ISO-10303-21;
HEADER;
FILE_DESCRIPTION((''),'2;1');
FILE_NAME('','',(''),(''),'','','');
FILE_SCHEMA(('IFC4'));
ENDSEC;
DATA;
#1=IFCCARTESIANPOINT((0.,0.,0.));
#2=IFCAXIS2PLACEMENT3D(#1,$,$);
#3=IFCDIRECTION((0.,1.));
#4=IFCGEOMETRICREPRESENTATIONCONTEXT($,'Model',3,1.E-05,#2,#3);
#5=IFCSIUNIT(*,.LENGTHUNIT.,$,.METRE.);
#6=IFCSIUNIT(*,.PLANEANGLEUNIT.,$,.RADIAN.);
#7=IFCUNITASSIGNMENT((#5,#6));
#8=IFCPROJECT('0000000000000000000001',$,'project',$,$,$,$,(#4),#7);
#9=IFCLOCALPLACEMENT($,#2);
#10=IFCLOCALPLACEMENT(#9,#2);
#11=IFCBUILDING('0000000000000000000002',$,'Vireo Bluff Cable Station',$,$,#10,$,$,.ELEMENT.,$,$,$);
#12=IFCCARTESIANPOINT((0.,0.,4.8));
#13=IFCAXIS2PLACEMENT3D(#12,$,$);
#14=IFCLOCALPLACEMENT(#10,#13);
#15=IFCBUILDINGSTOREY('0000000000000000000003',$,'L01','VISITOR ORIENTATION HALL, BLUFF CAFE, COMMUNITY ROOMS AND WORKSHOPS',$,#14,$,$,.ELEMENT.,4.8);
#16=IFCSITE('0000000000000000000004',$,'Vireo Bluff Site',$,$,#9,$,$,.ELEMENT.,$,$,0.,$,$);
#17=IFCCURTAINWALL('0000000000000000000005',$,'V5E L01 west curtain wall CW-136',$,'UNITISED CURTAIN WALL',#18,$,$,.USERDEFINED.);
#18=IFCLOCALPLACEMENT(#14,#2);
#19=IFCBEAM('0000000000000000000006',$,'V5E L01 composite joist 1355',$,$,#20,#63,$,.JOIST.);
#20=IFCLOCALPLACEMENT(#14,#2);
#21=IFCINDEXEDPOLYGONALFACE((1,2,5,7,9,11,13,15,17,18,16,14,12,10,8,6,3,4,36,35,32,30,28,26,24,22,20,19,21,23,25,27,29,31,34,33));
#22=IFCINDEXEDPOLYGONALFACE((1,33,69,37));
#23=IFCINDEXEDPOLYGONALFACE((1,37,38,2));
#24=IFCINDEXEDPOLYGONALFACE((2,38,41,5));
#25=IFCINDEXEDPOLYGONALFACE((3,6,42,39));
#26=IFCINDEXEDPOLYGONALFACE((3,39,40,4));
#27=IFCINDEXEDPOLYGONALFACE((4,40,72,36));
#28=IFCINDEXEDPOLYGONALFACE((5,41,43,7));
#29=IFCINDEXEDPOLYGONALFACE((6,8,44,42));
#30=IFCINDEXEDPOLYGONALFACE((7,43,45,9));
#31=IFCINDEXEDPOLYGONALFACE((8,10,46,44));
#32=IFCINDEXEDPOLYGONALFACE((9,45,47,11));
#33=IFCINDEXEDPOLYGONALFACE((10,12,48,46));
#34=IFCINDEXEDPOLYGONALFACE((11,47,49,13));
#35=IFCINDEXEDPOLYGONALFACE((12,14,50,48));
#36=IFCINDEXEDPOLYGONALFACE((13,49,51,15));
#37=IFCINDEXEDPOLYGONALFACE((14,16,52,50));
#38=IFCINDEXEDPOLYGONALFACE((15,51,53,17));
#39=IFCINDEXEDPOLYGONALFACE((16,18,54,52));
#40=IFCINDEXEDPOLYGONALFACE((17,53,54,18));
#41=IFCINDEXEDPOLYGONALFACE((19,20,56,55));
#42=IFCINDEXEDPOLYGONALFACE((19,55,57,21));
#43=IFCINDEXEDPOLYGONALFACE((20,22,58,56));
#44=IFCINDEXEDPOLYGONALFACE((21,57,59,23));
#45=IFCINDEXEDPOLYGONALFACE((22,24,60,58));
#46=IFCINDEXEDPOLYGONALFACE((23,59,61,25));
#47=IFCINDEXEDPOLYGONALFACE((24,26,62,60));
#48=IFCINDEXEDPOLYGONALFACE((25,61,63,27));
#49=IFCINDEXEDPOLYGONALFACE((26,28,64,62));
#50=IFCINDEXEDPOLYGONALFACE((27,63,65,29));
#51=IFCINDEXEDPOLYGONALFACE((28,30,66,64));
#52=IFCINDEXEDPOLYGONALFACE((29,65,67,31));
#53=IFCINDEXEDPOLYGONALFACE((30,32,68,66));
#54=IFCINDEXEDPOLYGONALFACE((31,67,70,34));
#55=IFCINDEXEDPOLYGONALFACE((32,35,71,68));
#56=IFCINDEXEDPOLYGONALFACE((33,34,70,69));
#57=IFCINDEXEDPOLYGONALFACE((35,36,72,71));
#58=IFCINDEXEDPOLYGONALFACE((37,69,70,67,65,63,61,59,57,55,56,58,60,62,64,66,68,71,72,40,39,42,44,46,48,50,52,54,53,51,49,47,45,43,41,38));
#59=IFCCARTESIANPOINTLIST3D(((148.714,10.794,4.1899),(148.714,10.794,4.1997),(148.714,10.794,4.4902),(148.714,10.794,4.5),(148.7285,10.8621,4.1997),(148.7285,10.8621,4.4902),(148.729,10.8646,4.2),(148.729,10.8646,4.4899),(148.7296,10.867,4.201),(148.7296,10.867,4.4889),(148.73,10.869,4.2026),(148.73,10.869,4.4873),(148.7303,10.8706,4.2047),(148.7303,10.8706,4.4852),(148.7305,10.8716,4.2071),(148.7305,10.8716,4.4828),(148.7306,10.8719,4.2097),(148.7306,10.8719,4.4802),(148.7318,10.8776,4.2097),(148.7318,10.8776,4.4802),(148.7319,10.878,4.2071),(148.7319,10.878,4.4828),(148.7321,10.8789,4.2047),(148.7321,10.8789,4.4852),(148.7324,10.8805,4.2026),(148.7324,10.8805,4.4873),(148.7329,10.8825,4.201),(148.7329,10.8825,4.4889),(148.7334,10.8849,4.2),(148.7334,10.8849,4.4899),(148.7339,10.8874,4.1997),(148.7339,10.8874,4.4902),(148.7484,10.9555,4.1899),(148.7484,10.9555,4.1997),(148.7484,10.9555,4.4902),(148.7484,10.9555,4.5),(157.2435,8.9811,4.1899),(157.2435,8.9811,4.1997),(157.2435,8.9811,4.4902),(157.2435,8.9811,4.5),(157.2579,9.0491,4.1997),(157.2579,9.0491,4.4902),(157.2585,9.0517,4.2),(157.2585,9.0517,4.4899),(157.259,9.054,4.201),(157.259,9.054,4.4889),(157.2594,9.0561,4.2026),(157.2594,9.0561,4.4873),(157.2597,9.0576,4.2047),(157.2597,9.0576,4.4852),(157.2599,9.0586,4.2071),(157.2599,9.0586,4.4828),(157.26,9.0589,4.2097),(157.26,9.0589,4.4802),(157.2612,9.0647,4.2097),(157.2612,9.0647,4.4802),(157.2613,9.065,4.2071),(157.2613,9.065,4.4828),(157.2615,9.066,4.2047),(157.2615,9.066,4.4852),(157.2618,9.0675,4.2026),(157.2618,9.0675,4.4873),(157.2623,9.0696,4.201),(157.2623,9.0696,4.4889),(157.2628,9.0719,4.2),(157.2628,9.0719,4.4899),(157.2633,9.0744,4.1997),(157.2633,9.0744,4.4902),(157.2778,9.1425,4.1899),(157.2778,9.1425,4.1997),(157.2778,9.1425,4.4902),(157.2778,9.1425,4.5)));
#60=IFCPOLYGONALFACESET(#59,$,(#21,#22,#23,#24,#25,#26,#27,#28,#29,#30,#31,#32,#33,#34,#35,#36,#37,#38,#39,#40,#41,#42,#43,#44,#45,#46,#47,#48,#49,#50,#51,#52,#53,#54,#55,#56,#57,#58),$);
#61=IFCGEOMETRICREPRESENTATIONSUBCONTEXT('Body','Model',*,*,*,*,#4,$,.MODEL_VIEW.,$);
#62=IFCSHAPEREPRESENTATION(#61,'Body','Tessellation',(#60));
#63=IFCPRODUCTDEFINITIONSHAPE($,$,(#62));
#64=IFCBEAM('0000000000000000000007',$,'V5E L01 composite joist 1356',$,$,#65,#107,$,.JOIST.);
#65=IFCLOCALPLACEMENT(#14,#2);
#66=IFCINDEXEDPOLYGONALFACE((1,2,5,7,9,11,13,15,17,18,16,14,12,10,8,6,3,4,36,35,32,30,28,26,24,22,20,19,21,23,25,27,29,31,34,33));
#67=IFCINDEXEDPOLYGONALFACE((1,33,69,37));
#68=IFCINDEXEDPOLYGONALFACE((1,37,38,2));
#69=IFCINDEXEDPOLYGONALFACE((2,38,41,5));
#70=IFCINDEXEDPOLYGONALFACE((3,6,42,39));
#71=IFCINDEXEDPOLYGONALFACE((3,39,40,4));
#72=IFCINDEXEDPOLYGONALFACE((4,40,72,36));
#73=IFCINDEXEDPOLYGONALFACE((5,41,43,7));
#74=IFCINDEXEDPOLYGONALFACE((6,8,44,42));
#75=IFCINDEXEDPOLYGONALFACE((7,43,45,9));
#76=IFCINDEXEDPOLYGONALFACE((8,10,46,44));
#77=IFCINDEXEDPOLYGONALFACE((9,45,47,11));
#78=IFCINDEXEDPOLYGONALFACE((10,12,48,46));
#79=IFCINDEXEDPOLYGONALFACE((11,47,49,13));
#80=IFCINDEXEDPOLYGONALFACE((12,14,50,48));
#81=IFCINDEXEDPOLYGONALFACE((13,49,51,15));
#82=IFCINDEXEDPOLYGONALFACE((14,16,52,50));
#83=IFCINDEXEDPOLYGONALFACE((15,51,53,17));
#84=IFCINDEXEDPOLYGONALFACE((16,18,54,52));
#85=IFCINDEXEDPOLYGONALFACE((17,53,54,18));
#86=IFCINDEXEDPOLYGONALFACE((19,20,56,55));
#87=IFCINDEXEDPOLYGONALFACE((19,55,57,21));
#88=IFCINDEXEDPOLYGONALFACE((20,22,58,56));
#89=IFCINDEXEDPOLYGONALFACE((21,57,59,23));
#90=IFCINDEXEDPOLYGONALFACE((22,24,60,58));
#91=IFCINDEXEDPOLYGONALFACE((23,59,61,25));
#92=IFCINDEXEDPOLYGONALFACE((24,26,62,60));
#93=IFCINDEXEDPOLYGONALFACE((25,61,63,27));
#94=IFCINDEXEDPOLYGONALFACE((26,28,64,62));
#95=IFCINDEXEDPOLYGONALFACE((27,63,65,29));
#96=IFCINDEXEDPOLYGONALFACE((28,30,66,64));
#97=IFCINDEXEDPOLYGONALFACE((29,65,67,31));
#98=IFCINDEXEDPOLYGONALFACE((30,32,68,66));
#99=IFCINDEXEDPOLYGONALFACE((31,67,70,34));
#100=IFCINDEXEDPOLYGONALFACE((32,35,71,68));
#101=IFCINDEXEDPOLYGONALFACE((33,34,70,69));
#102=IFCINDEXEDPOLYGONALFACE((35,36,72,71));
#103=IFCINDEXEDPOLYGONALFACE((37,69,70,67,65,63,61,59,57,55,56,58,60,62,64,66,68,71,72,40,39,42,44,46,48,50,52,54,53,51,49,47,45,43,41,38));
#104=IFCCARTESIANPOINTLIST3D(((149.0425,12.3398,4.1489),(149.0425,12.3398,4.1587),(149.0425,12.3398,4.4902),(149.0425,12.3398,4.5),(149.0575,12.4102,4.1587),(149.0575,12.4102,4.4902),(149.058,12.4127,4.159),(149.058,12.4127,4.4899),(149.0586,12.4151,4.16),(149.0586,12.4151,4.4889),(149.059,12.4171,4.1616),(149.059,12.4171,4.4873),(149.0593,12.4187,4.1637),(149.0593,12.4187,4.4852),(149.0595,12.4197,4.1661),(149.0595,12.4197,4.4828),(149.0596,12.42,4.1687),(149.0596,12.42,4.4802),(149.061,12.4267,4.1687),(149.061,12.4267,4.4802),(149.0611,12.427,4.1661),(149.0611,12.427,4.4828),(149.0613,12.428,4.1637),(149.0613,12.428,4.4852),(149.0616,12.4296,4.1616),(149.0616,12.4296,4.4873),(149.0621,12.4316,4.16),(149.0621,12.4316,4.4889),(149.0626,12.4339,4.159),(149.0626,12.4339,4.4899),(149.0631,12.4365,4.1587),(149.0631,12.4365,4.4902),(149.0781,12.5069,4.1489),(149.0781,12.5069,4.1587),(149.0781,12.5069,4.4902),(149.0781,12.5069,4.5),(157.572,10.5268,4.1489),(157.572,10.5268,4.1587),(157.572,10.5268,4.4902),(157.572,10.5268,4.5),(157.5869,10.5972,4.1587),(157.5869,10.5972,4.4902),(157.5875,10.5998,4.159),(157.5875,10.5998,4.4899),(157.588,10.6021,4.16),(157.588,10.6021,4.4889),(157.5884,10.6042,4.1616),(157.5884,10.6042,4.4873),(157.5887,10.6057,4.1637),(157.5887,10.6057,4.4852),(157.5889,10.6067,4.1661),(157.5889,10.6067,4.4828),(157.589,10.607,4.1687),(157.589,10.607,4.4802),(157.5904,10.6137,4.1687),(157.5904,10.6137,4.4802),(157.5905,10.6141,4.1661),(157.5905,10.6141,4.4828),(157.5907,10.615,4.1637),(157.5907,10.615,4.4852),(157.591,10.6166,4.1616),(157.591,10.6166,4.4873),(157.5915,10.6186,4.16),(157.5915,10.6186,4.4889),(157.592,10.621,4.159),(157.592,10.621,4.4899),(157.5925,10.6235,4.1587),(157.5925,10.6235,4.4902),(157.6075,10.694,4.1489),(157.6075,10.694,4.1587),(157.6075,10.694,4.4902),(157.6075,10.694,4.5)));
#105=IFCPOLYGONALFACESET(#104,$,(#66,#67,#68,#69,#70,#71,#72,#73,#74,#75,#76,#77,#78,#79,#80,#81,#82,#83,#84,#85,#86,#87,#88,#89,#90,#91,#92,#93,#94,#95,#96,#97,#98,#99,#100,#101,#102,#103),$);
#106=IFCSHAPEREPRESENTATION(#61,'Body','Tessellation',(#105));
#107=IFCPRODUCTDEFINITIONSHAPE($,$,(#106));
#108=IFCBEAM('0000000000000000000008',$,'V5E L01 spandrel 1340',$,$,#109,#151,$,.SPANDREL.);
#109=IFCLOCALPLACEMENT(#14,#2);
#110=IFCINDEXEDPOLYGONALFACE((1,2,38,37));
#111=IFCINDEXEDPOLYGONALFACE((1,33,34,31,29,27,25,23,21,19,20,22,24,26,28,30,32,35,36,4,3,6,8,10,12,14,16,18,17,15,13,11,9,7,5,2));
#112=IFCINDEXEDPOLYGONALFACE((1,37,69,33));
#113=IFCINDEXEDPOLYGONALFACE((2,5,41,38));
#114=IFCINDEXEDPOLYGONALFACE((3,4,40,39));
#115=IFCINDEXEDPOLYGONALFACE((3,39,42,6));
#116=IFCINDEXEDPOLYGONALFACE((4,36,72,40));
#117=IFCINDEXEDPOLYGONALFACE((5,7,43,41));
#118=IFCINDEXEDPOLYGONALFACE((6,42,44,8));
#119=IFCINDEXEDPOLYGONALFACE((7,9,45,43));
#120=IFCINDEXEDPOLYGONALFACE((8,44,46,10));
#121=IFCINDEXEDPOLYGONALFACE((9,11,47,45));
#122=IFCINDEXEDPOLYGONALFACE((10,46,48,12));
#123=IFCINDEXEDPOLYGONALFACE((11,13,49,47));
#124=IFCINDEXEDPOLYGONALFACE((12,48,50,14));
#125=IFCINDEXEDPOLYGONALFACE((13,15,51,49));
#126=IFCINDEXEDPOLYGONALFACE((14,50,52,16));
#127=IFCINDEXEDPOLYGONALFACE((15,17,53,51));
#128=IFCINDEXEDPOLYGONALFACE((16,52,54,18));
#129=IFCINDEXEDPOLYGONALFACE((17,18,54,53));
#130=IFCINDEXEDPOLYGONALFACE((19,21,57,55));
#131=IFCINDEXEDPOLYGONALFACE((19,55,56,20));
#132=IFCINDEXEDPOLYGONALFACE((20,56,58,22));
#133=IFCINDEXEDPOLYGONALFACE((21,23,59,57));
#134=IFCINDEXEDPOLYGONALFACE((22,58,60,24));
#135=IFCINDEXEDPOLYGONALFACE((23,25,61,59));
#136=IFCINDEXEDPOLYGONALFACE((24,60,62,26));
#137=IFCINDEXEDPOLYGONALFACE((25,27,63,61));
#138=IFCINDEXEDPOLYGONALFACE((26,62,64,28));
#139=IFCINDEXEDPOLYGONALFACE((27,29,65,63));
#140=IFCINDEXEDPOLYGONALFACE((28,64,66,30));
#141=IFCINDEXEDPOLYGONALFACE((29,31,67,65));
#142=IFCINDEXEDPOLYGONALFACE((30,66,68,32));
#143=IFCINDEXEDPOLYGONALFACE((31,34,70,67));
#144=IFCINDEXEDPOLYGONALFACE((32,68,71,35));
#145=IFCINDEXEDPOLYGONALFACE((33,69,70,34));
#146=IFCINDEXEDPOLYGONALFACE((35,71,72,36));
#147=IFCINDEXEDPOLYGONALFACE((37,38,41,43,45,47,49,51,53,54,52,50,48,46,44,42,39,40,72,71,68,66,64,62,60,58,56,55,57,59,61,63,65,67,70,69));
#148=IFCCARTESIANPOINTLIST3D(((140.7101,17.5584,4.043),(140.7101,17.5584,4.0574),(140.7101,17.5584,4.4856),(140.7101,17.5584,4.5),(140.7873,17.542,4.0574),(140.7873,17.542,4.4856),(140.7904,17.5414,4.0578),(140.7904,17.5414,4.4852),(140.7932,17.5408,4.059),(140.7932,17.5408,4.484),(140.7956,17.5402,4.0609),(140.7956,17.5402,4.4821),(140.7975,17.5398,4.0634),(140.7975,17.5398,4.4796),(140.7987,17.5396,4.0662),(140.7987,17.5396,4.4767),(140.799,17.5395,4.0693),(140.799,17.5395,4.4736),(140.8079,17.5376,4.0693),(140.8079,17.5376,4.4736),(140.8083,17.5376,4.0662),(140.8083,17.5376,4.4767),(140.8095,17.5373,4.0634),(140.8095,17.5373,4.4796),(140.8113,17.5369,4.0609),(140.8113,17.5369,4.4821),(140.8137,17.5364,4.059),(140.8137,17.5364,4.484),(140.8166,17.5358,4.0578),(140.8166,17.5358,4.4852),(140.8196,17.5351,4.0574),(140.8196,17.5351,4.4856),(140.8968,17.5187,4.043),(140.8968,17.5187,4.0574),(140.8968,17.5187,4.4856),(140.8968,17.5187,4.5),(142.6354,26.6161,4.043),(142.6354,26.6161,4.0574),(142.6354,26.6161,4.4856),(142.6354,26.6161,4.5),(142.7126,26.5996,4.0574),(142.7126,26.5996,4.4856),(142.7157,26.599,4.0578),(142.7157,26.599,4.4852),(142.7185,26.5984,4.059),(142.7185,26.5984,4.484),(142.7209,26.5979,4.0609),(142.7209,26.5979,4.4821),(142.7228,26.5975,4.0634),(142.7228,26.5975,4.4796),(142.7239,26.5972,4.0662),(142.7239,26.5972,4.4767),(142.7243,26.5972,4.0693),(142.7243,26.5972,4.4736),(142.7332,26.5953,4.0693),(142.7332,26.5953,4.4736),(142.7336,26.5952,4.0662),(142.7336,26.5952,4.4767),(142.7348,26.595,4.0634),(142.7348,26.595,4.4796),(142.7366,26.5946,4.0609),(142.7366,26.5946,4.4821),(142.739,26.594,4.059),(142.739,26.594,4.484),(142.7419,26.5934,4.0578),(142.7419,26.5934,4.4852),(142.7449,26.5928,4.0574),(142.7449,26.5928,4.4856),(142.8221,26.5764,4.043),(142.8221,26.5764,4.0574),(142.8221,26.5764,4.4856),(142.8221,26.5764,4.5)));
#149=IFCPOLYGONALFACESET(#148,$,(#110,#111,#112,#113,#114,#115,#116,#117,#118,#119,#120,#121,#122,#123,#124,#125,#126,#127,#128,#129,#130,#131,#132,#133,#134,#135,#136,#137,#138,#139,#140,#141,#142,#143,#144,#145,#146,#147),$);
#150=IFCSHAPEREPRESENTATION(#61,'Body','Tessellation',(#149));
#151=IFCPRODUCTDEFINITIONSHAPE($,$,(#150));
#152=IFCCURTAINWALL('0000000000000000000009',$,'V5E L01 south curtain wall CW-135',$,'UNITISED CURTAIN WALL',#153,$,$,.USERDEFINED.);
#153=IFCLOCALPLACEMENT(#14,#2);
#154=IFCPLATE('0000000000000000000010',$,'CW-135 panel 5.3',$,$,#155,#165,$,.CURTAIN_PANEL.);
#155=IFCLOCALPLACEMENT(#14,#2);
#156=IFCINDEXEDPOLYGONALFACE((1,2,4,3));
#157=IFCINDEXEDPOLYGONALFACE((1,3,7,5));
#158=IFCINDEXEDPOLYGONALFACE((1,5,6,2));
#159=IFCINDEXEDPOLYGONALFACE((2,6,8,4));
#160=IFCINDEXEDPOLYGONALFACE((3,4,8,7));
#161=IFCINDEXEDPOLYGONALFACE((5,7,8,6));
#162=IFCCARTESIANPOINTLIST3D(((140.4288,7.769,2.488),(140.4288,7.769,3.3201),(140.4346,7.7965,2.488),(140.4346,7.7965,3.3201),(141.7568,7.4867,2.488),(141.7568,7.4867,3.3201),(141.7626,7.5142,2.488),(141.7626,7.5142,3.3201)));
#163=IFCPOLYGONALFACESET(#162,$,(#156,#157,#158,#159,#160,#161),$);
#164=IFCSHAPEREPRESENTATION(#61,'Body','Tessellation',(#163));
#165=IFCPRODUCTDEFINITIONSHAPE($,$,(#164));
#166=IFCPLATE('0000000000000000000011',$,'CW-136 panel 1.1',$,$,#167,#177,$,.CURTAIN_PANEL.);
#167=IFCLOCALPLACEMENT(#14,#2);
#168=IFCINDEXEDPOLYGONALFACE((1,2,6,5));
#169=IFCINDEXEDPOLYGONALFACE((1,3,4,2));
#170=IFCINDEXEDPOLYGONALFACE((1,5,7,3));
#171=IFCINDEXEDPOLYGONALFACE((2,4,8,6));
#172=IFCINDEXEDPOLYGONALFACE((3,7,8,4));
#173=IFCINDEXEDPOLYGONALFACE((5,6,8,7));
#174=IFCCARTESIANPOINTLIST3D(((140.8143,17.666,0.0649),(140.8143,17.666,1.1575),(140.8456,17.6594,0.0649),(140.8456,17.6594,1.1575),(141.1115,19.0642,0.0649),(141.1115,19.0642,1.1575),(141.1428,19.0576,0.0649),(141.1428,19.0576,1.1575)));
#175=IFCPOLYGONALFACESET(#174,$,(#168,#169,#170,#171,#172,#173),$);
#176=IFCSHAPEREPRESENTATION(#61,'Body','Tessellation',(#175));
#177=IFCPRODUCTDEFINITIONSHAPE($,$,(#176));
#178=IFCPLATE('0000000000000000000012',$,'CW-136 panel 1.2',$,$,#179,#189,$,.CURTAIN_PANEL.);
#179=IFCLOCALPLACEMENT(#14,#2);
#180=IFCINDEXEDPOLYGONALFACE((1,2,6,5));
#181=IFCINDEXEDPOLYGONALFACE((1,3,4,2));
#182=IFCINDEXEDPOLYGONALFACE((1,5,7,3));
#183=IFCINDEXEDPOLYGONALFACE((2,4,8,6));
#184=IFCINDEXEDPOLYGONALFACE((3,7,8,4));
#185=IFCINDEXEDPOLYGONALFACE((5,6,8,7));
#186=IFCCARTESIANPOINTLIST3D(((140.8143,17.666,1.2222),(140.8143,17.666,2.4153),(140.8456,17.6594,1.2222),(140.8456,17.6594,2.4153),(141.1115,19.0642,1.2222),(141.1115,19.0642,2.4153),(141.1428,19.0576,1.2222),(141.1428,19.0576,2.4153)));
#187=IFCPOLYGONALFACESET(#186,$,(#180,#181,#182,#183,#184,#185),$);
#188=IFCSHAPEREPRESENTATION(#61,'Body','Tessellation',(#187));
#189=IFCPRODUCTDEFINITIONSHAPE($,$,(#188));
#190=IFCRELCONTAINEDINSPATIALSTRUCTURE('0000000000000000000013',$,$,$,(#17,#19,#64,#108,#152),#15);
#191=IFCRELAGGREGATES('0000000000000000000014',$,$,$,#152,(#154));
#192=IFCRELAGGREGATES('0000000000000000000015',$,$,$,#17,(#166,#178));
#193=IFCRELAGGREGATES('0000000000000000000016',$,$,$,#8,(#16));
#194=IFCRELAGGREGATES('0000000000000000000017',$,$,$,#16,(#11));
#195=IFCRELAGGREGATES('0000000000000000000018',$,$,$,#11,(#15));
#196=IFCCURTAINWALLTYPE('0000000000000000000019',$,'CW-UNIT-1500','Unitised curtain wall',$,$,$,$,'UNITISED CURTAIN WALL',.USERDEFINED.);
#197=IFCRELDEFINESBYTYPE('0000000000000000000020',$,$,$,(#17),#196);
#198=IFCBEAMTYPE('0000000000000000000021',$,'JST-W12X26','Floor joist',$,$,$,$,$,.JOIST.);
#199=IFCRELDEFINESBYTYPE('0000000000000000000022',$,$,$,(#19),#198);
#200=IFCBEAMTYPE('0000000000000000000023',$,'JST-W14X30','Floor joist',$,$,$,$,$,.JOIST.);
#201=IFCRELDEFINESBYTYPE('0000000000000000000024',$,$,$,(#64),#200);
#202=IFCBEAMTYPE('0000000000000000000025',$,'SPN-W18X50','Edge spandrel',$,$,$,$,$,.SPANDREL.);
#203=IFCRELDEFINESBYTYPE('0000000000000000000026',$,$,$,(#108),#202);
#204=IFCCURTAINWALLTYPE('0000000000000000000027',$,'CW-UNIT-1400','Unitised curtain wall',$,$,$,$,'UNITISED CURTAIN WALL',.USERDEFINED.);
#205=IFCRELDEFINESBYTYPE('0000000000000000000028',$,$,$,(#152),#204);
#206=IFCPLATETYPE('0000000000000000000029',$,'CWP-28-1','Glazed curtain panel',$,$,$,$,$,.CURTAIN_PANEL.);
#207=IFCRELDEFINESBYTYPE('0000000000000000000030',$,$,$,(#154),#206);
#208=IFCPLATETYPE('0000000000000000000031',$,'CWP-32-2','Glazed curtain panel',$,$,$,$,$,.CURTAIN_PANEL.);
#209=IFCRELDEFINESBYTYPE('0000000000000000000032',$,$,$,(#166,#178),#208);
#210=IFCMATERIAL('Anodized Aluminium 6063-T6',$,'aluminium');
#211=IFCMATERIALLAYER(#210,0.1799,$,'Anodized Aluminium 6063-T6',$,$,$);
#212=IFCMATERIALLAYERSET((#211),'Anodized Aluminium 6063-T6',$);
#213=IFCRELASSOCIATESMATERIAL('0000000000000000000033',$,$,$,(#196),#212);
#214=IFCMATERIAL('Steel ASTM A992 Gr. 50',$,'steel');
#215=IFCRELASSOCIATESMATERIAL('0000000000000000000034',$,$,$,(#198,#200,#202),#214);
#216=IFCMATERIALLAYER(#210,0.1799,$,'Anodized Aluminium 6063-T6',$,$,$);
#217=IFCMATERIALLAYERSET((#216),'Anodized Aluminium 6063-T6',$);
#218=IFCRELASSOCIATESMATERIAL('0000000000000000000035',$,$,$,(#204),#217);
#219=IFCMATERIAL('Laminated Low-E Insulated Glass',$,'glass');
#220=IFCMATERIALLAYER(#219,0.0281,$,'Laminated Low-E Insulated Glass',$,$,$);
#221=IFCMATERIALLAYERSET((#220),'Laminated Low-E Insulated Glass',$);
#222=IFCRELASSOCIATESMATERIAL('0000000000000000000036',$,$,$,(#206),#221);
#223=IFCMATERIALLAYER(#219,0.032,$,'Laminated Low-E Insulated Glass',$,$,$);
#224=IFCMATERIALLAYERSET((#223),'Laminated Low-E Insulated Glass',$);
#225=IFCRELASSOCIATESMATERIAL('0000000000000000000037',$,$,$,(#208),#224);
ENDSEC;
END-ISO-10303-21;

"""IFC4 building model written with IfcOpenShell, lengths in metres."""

from ifc_helpers import new_model, si_unit, direction, frame, origin, origin_2d, place, context, subcontext, project, spatial, rectangle, i_section, extrude, material, layer, layer_set, material_profile, profile_set, type_object, element, aggregate, save


model = new_model("IFC4")

# Units and contexts
model_context = context("Model", 3, precision=1e-05, world=origin(), true_north=direction((0.0, 1.0)))
body_context = subcontext(model_context, "Body", "Model", "MODEL_VIEW")
ifc_project = project(units=[si_unit("LENGTHUNIT", "METRE"), si_unit("PLANEANGLEUNIT", "RADIAN")], contexts=[model_context])

# Site, building, storey
site_placement = place(None, origin())
site = spatial("IfcSite", under=ifc_project, at=site_placement, Name="Vireo Bluff Site", CompositionType="ELEMENT", RefElevation=0.0)
building_placement = place(site_placement, origin())
building = spatial("IfcBuilding", under=site, at=building_placement, Name="Vireo Bluff Cable Station", CompositionType="ELEMENT")
storey_placement = place(building_placement, frame((0.0, 0.0, 4.8)))
storey = spatial("IfcBuildingStorey", under=building, at=storey_placement, Name="L01", Description="VISITOR ORIENTATION HALL, BLUFF CAFE, COMMUNITY ROOMS AND WORKSHOPS", CompositionType="ELEMENT", Elevation=4.8)

# Shared definitions
ifc_material_1 = material(Name="Steel ASTM A992 Gr. 50", Category="steel")

# Curtain wall
ifc_material_2 = material(Name="Anodized Aluminium 6063-T6", Category="aluminium")
ifc_layer_1 = layer(ifc_material_2, 0.1799, Name="Anodized Aluminium 6063-T6")
ifc_layer_set_1 = layer_set([ifc_layer_1], Name="Anodized Aluminium 6063-T6")
curtain_wall_type_1 = type_object("IfcCurtainWallType", Name="CW-UNIT-1500", Description="Unitised curtain wall", ElementType="UNITISED CURTAIN WALL", PredefinedType="USERDEFINED", material=ifc_layer_set_1)
curtain_wall_1_placement = place(storey_placement, origin())
curtain_wall_1 = element("IfcCurtainWall", 1, at=curtain_wall_1_placement, inside=storey, type_object=curtain_wall_type_1, Name="V5E L01 west curtain wall CW-136", ObjectType="UNITISED CURTAIN WALL", PredefinedType="USERDEFINED")

# Beams
ifc_material_profile_1 = material_profile(ifc_material_1, i_section(OverallWidth=0.165, OverallDepth=0.3101, WebThickness=0.0059, FlangeThickness=0.0098, FilletRadius=0.01, at=origin_2d()), Name="W12X26")
ifc_profile_set_1 = profile_set([ifc_material_profile_1], Name="Steel ASTM A992 Gr. 50")
beam_type_1 = type_object("IfcBeamType", Name="JST-W12X26", Description="Floor joist", PredefinedType="JOIST", material=ifc_profile_set_1)
beam_1_placement = place(storey_placement, frame((148.7312, 10.8748, 4.345), z_axis=(0.978148, -0.207909, 0.0), x_axis=(0.207909, 0.978148, 0.0)))
element("IfcBeam", 2, at=beam_1_placement, inside=storey, type_object=beam_type_1, Name="V5E L01 composite joist 1355", PredefinedType="JOIST", context=body_context, shape_type="SweptSolid", body=[
    extrude(i_section(OverallWidth=0.165, OverallDepth=0.3101, WebThickness=0.0059, FlangeThickness=0.0098, FilletRadius=0.01, at=origin_2d()), origin(), (0.0, 0.0, 1.0), 8.72),
])
ifc_material_profile_2 = material_profile(ifc_material_1, i_section(OverallWidth=0.1709, OverallDepth=0.3511, WebThickness=0.0068, FlangeThickness=0.0098, FilletRadius=0.01, at=origin_2d()), Name="W14X30")
ifc_profile_set_2 = profile_set([ifc_material_profile_2], Name="Steel ASTM A992 Gr. 50")
beam_type_2 = type_object("IfcBeamType", Name="JST-W14X30", Description="Floor joist", PredefinedType="JOIST", material=ifc_profile_set_2)
beam_2_placement = place(storey_placement, frame((149.0603, 12.4233, 4.3245), z_axis=(0.978148, -0.207909, 0.0), x_axis=(0.207909, 0.978148, 0.0)))
element("IfcBeam", 3, at=beam_2_placement, inside=storey, type_object=beam_type_2, Name="V5E L01 composite joist 1356", PredefinedType="JOIST", context=body_context, shape_type="SweptSolid", body=[
    extrude(i_section(OverallWidth=0.1709, OverallDepth=0.3511, WebThickness=0.0068, FlangeThickness=0.0098, FilletRadius=0.01, at=origin_2d()), origin(), (0.0, 0.0, 1.0), 8.72),
])
ifc_material_profile_3 = material_profile(ifc_material_1, i_section(OverallWidth=0.1909, OverallDepth=0.457, WebThickness=0.009, FlangeThickness=0.0144, FilletRadius=0.012, at=origin_2d()), Name="W18X50")
ifc_profile_set_3 = profile_set([ifc_material_profile_3], Name="Steel ASTM A992 Gr. 50")
beam_type_3 = type_object("IfcBeamType", Name="SPN-W18X50", Description="Edge spandrel", PredefinedType="SPANDREL", material=ifc_profile_set_3)
beam_3_placement = place(storey_placement, frame((140.8035, 17.5386, 4.2715), z_axis=(0.207916, 0.978147, 0.0), x_axis=(-0.978147, 0.207916, 0.0)))
element("IfcBeam", 4, at=beam_3_placement, inside=storey, type_object=beam_type_3, Name="V5E L01 spandrel 1340", PredefinedType="SPANDREL", context=body_context, shape_type="SweptSolid", body=[
    extrude(i_section(OverallWidth=0.1909, OverallDepth=0.457, WebThickness=0.009, FlangeThickness=0.0144, FilletRadius=0.012, at=origin_2d()), origin(), (0.0, 0.0, 1.0), 9.26),
])

# Curtain wall, plate
ifc_layer_2 = layer(ifc_material_2, 0.1799, Name="Anodized Aluminium 6063-T6")
ifc_layer_set_2 = layer_set([ifc_layer_2], Name="Anodized Aluminium 6063-T6")
curtain_wall_type_2 = type_object("IfcCurtainWallType", Name="CW-UNIT-1400", Description="Unitised curtain wall", ElementType="UNITISED CURTAIN WALL", PredefinedType="USERDEFINED", material=ifc_layer_set_2)
curtain_wall_2_placement = place(storey_placement, origin())
curtain_wall_2 = element("IfcCurtainWall", 5, at=curtain_wall_2_placement, inside=storey, type_object=curtain_wall_type_2, Name="V5E L01 south curtain wall CW-135", ObjectType="UNITISED CURTAIN WALL", PredefinedType="USERDEFINED")
ifc_material_3 = material(Name="Laminated Low-E Insulated Glass", Category="glass")
ifc_layer_3 = layer(ifc_material_3, 0.0281, Name="Laminated Low-E Insulated Glass")
ifc_layer_set_3 = layer_set([ifc_layer_3], Name="Laminated Low-E Insulated Glass")
plate_type_1 = type_object("IfcPlateType", Name="CWP-28-1", Description="Glazed curtain panel", PredefinedType="CURTAIN_PANEL", material=ifc_layer_set_3)
plate_1_placement = place(storey_placement, frame((141.0957, 7.6416, 2.488), z_axis=(0.0, 0.0, 1.0), x_axis=(-0.978148, 0.207912, 0.0)))
plate_1 = element("IfcPlate", 6, at=plate_1_placement, type_object=plate_type_1, Name="CW-135 panel 5.3", PredefinedType="CURTAIN_PANEL", context=body_context, shape_type="SweptSolid", body=[
    extrude(rectangle(XDim=1.3577, YDim=0.0281, at=origin_2d()), origin(), (0.0, 0.0, 1.0), 0.832),
])
aggregate(curtain_wall_2, [plate_1])

# Plates
ifc_layer_4 = layer(ifc_material_3, 0.032, Name="Laminated Low-E Insulated Glass")
ifc_layer_set_4 = layer_set([ifc_layer_4], Name="Laminated Low-E Insulated Glass")
plate_type_2 = type_object("IfcPlateType", Name="CWP-32-2", Description="Glazed curtain panel", PredefinedType="CURTAIN_PANEL", material=ifc_layer_set_4)
plate_2_placement = place(storey_placement, frame((140.9785, 18.3618, 0.0649), z_axis=(0.0, 0.0, 1.0), x_axis=(0.207912, 0.978148, 0.0)))
plate_2 = element("IfcPlate", 7, at=plate_2_placement, type_object=plate_type_2, Name="CW-136 panel 1.1", PredefinedType="CURTAIN_PANEL", context=body_context, shape_type="SweptSolid", body=[
    extrude(rectangle(XDim=1.4294, YDim=0.032, at=origin_2d()), origin(), (0.0, 0.0, 1.0), 1.0925),
])
plate_3_placement = place(storey_placement, frame((140.9785, 18.3618, 1.2222), z_axis=(0.0, 0.0, 1.0), x_axis=(0.207912, 0.978148, 0.0)))
plate_3 = element("IfcPlate", 8, at=plate_3_placement, type_object=plate_type_2, Name="CW-136 panel 1.2", PredefinedType="CURTAIN_PANEL", context=body_context, shape_type="SweptSolid", body=[
    extrude(rectangle(XDim=1.4294, YDim=0.032, at=origin_2d()), origin(), (0.0, 0.0, 1.0), 1.1931),
])
aggregate(curtain_wall_1, [plate_2, plate_3])

save(model, "model.ifc")
